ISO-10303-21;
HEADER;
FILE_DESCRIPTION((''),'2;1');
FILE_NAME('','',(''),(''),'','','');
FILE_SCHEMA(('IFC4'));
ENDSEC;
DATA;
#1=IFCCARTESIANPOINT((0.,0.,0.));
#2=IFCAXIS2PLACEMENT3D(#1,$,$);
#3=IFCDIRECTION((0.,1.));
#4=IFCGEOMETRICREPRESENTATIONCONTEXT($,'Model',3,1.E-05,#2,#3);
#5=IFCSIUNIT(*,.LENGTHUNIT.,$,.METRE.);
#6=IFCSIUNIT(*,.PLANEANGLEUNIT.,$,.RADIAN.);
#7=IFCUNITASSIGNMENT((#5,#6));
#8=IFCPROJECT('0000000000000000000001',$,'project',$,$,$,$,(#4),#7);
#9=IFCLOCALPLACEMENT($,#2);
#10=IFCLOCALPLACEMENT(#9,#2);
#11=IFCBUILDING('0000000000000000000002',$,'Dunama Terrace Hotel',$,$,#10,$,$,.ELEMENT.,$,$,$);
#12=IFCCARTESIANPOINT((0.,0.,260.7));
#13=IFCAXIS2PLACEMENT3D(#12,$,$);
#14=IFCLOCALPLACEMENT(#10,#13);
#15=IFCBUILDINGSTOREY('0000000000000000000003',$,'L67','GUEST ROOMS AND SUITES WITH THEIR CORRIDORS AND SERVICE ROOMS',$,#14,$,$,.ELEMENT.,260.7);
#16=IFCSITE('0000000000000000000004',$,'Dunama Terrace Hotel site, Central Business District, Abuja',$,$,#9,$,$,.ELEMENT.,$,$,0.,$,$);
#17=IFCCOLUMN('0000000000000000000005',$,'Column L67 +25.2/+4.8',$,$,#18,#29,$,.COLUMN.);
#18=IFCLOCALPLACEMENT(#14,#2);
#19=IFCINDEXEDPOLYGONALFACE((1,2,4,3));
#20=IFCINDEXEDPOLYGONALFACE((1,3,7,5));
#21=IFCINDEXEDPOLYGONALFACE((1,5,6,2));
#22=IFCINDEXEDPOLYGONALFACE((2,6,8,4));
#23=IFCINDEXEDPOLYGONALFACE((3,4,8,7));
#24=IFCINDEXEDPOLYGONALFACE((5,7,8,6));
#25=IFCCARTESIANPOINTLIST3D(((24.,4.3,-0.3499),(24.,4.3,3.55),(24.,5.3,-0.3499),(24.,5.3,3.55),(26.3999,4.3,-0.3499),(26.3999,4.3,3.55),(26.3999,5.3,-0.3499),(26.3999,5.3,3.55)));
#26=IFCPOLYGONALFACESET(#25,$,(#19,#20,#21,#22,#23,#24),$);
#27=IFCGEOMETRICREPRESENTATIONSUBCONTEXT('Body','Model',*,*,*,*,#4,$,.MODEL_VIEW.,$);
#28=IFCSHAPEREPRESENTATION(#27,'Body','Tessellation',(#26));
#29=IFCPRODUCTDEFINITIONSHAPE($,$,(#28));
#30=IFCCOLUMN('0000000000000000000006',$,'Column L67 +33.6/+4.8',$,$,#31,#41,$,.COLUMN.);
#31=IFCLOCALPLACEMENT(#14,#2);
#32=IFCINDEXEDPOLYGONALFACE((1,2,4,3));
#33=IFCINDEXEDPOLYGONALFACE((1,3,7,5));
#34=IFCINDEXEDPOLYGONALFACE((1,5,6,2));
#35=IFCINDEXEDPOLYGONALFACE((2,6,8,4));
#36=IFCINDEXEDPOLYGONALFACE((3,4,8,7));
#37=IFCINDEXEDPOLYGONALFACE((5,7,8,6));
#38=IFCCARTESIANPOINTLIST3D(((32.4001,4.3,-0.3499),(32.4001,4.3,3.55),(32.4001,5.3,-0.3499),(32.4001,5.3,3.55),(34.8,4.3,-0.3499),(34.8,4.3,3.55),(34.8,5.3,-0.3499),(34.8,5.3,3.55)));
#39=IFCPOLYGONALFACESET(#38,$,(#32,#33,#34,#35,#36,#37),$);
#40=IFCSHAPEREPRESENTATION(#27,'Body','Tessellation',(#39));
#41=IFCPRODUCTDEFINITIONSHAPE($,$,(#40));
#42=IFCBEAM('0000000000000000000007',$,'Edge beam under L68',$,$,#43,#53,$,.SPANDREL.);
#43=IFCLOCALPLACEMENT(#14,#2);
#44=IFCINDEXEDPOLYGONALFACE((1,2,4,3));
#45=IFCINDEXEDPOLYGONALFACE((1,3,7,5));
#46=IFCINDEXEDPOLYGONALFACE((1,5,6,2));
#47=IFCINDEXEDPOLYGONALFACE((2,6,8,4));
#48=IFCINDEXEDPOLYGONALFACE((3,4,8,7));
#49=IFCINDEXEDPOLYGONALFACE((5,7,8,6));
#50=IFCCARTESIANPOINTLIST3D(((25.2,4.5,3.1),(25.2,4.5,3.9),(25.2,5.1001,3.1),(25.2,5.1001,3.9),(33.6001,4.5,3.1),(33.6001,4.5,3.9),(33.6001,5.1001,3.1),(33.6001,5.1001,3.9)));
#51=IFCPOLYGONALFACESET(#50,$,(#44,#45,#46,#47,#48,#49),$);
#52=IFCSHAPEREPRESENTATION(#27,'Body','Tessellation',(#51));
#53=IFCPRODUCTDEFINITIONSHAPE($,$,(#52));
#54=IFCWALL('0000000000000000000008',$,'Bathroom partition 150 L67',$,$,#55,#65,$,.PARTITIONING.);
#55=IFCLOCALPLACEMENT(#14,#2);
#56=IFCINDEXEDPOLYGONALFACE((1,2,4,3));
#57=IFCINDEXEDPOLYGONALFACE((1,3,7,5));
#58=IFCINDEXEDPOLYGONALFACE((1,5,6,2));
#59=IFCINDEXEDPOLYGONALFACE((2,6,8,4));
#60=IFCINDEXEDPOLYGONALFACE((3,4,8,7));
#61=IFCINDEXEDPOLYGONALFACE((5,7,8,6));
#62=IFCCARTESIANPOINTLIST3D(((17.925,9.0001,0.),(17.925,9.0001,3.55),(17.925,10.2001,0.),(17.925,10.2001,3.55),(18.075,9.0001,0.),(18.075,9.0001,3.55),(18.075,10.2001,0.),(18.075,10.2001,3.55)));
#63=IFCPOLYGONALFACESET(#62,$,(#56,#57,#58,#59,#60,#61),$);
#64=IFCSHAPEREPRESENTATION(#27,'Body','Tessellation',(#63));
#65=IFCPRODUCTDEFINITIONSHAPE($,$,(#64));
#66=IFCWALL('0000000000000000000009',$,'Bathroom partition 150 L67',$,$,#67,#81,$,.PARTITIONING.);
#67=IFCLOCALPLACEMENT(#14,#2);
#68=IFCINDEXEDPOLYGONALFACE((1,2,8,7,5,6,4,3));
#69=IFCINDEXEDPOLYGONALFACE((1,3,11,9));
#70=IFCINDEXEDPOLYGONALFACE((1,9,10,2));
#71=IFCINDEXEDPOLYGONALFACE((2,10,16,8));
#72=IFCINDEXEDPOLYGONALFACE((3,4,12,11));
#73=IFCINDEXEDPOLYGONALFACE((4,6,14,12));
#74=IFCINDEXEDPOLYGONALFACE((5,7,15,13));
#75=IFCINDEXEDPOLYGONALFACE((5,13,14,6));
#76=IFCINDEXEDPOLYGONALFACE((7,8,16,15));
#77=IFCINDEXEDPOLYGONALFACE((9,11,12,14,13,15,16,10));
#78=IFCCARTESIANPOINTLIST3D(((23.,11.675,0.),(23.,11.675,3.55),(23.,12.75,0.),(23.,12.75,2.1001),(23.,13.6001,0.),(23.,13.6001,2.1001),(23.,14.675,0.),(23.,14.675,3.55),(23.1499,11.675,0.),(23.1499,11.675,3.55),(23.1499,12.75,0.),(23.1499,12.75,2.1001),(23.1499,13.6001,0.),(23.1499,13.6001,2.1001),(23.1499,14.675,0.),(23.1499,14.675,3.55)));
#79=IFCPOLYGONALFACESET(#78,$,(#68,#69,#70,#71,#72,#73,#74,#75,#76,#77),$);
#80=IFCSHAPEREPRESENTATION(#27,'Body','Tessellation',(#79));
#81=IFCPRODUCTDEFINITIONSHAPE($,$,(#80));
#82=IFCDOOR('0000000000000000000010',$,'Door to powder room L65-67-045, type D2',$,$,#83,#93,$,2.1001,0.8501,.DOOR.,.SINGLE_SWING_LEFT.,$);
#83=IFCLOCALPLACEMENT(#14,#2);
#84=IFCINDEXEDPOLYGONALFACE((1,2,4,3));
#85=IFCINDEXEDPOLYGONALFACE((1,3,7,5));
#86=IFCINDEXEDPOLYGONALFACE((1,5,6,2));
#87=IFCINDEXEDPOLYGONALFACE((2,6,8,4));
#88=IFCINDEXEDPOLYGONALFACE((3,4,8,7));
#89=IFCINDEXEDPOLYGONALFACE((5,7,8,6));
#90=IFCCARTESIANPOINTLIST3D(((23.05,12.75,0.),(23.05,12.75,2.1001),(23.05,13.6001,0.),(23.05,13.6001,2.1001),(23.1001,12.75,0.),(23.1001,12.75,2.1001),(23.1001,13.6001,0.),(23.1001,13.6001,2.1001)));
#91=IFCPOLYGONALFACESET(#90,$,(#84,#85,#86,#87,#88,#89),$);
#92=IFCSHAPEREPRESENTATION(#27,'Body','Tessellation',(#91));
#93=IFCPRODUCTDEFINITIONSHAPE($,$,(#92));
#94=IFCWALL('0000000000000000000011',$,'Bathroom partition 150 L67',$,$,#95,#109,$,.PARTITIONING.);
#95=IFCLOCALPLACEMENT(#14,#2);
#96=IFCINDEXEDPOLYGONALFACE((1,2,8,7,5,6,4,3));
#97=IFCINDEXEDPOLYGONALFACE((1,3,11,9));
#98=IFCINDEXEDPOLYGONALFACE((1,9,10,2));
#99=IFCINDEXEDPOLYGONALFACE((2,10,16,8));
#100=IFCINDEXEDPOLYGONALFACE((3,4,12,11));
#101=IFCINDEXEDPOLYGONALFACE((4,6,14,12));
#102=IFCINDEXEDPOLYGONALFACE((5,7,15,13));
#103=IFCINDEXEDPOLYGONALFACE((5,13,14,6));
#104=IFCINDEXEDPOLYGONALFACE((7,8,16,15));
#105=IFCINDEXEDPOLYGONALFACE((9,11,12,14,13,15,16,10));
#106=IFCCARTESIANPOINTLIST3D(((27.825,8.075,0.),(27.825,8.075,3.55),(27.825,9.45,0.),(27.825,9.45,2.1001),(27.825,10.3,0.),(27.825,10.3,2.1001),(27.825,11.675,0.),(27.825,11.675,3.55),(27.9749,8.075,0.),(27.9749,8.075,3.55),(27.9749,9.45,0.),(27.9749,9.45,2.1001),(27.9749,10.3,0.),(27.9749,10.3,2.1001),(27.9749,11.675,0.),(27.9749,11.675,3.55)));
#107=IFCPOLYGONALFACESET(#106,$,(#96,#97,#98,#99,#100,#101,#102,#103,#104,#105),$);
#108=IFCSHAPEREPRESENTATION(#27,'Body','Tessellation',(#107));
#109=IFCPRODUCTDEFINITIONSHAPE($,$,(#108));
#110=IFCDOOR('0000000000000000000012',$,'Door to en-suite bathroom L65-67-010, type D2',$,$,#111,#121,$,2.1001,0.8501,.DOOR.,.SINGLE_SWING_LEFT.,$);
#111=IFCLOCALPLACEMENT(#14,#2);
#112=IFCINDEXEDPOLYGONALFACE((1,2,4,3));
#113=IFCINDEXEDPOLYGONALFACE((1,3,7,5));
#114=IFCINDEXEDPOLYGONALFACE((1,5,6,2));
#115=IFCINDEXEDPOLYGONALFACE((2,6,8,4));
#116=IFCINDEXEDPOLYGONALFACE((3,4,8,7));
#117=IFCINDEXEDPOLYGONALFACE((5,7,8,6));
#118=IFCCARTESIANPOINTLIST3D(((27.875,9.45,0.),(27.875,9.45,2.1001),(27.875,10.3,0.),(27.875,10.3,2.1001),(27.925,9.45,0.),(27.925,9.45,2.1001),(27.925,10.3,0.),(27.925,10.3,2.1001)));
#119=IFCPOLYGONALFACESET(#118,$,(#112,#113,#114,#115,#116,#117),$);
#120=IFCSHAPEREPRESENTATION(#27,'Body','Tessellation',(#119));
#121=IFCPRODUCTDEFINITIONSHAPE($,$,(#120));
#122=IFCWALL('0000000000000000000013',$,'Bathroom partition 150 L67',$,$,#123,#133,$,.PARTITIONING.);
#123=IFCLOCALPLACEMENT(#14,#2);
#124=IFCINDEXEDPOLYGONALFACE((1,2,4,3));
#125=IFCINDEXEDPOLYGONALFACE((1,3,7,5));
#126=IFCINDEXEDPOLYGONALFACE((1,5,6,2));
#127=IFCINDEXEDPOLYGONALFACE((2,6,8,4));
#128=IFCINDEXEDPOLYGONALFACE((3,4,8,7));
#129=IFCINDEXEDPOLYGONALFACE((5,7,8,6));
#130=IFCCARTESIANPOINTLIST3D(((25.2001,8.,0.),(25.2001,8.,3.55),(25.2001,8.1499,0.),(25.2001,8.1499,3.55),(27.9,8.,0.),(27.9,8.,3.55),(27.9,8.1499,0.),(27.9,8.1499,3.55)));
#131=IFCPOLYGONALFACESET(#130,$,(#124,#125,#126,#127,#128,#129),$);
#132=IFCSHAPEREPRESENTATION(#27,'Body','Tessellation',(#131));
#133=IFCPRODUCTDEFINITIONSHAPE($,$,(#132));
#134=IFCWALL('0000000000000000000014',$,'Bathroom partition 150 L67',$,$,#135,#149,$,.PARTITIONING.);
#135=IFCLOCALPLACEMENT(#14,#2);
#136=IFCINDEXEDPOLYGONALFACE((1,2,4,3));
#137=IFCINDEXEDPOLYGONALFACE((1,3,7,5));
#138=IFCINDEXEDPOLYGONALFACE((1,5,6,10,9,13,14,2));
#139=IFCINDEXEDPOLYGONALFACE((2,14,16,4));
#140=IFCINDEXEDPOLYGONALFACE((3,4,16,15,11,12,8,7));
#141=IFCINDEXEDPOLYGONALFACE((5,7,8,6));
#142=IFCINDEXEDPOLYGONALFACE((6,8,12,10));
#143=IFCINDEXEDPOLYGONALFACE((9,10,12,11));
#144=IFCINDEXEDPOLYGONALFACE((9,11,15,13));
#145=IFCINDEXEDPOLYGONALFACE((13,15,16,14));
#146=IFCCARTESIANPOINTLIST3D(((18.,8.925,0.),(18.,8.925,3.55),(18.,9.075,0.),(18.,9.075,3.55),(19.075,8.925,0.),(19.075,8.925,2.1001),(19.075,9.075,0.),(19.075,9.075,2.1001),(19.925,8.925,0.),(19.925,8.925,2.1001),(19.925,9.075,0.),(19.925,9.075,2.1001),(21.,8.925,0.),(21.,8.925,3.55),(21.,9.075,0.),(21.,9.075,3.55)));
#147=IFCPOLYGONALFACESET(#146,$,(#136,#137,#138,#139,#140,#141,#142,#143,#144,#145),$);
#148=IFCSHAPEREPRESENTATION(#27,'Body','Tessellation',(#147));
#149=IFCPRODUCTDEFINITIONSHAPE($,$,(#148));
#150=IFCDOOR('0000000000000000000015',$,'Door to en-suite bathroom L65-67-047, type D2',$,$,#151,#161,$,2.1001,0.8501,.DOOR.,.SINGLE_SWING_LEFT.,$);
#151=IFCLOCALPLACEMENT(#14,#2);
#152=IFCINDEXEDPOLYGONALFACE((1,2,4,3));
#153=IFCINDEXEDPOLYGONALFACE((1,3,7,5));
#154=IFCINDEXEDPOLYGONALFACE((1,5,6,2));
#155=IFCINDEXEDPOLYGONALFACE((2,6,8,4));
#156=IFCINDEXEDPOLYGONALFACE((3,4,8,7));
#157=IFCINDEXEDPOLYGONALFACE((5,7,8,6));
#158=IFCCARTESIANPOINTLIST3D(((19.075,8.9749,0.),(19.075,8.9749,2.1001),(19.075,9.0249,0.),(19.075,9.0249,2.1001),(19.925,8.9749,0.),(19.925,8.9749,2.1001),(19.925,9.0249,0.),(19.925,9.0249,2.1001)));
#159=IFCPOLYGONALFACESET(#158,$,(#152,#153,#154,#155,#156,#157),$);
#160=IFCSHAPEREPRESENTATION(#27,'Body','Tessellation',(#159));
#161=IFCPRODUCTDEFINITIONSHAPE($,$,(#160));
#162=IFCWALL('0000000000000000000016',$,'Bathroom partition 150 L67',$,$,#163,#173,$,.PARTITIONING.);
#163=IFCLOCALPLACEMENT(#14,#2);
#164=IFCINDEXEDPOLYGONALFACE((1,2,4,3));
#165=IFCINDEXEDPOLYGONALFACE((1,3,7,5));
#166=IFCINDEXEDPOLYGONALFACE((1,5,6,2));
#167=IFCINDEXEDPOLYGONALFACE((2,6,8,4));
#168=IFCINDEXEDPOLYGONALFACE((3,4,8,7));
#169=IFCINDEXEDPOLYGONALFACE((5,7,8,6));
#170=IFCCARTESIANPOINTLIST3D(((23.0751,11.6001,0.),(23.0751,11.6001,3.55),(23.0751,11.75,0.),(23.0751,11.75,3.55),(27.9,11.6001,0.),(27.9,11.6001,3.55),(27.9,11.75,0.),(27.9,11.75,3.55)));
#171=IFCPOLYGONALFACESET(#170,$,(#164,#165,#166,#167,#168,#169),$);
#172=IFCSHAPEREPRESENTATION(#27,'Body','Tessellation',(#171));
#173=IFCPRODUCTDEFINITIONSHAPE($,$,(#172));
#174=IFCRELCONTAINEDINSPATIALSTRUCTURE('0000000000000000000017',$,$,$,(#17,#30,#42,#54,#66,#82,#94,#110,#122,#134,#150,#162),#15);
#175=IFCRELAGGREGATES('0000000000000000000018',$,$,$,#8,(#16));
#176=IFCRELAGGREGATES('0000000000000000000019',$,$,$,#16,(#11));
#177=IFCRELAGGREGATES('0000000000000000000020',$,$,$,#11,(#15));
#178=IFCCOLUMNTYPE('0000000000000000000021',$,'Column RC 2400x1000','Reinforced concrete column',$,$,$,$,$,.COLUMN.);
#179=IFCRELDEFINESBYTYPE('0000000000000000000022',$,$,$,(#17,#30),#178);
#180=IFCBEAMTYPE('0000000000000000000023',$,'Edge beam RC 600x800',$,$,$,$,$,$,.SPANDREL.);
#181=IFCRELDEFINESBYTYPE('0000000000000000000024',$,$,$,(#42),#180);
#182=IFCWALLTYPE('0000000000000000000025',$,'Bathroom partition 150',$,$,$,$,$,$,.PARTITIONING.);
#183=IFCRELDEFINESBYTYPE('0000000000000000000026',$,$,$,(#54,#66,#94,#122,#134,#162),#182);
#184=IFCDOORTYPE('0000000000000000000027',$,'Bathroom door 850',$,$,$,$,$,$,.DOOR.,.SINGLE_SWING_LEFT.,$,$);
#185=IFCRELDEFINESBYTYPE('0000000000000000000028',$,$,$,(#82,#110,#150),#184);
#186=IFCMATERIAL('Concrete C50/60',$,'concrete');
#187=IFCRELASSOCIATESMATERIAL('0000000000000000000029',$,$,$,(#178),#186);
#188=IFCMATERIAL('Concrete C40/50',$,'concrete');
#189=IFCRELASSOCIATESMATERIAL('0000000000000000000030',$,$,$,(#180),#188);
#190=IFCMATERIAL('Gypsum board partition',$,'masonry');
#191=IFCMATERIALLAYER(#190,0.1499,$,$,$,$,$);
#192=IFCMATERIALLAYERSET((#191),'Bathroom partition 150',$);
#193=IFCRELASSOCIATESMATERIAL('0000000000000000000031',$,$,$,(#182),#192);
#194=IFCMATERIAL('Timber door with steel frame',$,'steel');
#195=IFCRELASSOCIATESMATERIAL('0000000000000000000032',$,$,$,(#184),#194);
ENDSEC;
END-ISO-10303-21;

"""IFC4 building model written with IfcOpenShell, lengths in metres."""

from ifc_helpers import new_model, si_unit, direction, frame, frame_2d, origin, origin_2d, place, context, subcontext, project, spatial, rectangle, extrude, material, layer, layer_set, material_profile, profile_set, type_object, element, fill, save


model = new_model("IFC4")

# Units and contexts
model_context = context("Model", 3, precision=1e-05, world=origin(), true_north=direction((0.0, 1.0)))
body_context = subcontext(model_context, "Body", "Model", "MODEL_VIEW")
ifc_project = project(units=[si_unit("LENGTHUNIT", "METRE"), si_unit("PLANEANGLEUNIT", "RADIAN")], contexts=[model_context])

# Site, building, storey
site_placement = place(None, origin())
site = spatial("IfcSite", under=ifc_project, at=site_placement, Name="Dunama Terrace Hotel site, Central Business District, Abuja", CompositionType="ELEMENT", RefElevation=0.0)
building_placement = place(site_placement, origin())
building = spatial("IfcBuilding", under=site, at=building_placement, Name="Dunama Terrace Hotel", CompositionType="ELEMENT")
storey_placement = place(building_placement, frame((0.0, 0.0, 260.7)))
storey = spatial("IfcBuildingStorey", under=building, at=storey_placement, Name="L67", Description="GUEST ROOMS AND SUITES WITH THEIR CORRIDORS AND SERVICE ROOMS", CompositionType="ELEMENT", Elevation=260.7)

# Columns
ifc_material_1 = material(Name="Concrete C50/60", Category="concrete")
ifc_material_profile_1 = material_profile(ifc_material_1, rectangle(XDim=2.3999, YDim=1.0, at=origin_2d()), Name="RC 2400x1000")
ifc_profile_set_1 = profile_set([ifc_material_profile_1], Name="Concrete C50/60")
column_type = type_object("IfcColumnType", Name="Column RC 2400x1000", Description="Reinforced concrete column", PredefinedType="COLUMN", material=ifc_profile_set_1)
for number, where, z_axis, x_axis, name in (
    (1, (25.2, 4.8, -0.3499), (0.0, 0.0, 1.0), (1.0, 0.0, 0.0), "Column L67 +25.2/+4.8"),
    (2, (33.6001, 4.8, -0.3499), (0.0, 0.0, 1.0), (1.0, 0.0, 0.0), "Column L67 +33.6/+4.8"),
):
    element("IfcColumn", number, at=place(storey_placement, frame(where, z_axis=z_axis, x_axis=x_axis)), inside=storey, type_object=column_type, Name=name, PredefinedType="COLUMN", context=body_context, shape_type="SweptSolid", body=[
        extrude(rectangle(XDim=2.3999, YDim=1.0, at=origin_2d()), origin(), (0.0, 0.0, 1.0), 3.8999),
    ])

# Beam
ifc_material_2 = material(Name="Concrete C40/50", Category="concrete")
ifc_material_profile_2 = material_profile(ifc_material_2, rectangle(XDim=0.6001, YDim=0.8, at=origin_2d()), Name="RC 600x800")
ifc_profile_set_2 = profile_set([ifc_material_profile_2], Name="Concrete C40/50")
beam_type = type_object("IfcBeamType", Name="Edge beam RC 600x800", PredefinedType="SPANDREL", material=ifc_profile_set_2)
beam_placement = place(storey_placement, frame((25.2, 4.8, 3.5), z_axis=(1.0, 0.0, 0.0), x_axis=(0.0, 1.0, 0.0)))
element("IfcBeam", 3, at=beam_placement, inside=storey, type_object=beam_type, Name="Edge beam under L68", PredefinedType="SPANDREL", context=body_context, shape_type="SweptSolid", body=[
    extrude(rectangle(XDim=0.6001, YDim=0.8, at=origin_2d()), origin(), (0.0, 0.0, 1.0), 8.4001),
])

# Wall
ifc_material_3 = material(Name="Gypsum board partition", Category="masonry")
ifc_layer_1 = layer(ifc_material_3, 0.1499)
ifc_layer_set_1 = layer_set([ifc_layer_1], Name="Bathroom partition 150")
wall_type_1 = type_object("IfcWallType", Name="Bathroom partition 150", PredefinedType="PARTITIONING", material=ifc_layer_set_1)
wall_1_placement = place(storey_placement, frame((18.0, 9.0, 0.0), z_axis=(0.0, 0.0, 1.0), x_axis=(0.0, 1.0, 0.0)))
element("IfcWall", 4, at=wall_1_placement, inside=storey, type_object=wall_type_1, Name="Bathroom partition 150 L67", PredefinedType="PARTITIONING", context=body_context, shape_type="SweptSolid", body=[
    extrude(rectangle(XDim=1.2, YDim=0.1499, at=frame_2d((0.6001, 0.0))), origin(), (0.0, 0.0, 1.0), 3.55),
])

# Walls, openings, doors
wall_2_placement = place(storey_placement, frame((23.075, 11.675, 0.0), z_axis=(0.0, 0.0, 1.0), x_axis=(0.0, 1.0, 0.0)))
wall_2 = element("IfcWall", 5, at=wall_2_placement, inside=storey, type_object=wall_type_1, Name="Bathroom partition 150 L67", PredefinedType="PARTITIONING", context=body_context, shape_type="SweptSolid", body=[
    extrude(rectangle(XDim=3.0, YDim=0.1499, at=frame_2d((1.5, 0.0))), origin(), (0.0, 0.0, 1.0), 3.55),
])
opening_1_placement = place(wall_2_placement, frame((1.075, 0.0, 0.0)))
opening_1 = element("IfcOpeningElement", 6, at=opening_1_placement, cuts=wall_2, PredefinedType="OPENING", context=body_context, shape_type="SweptSolid", body=[
    extrude(rectangle(XDim=0.8501, YDim=2.1001, at=frame_2d((0.425, 1.05))), frame((0.0, 0.085, 0.0), z_axis=(0.0, -1.0, 0.0), x_axis=(1.0, 0.0, 0.0)), (0.0, 0.0, 1.0), 0.1699),
])
ifc_material_4 = material(Name="Timber door with steel frame", Category="steel")
door_type = type_object("IfcDoorType", Name="Bathroom door 850", OperationType="SINGLE_SWING_LEFT", PredefinedType="DOOR", material=ifc_material_4)
door_1_placement = place(opening_1_placement, frame((0.8501, 0.0, 0.0), z_axis=(0.0, 0.0, 1.0), x_axis=(-1.0, 0.0, 0.0)))
door_1 = element("IfcDoor", 7, at=door_1_placement, inside=storey, type_object=door_type, Name="Door to powder room L65-67-045, type D2", OperationType="SINGLE_SWING_LEFT", OverallHeight=2.1001, OverallWidth=0.8501, PredefinedType="DOOR", context=body_context, shape_type="SweptSolid", body=[
    extrude(rectangle(XDim=0.8501, YDim=2.1001, at=frame_2d((0.425, 1.05))), frame((0.0, 0.0251, 0.0), z_axis=(0.0, -1.0, 0.0), x_axis=(1.0, 0.0, 0.0)), (0.0, 0.0, 1.0), 0.05),
])
fill(opening_1, door_1)
wall_3_placement = place(storey_placement, frame((27.8999, 8.075, 0.0), z_axis=(0.0, 0.0, 1.0), x_axis=(0.0, 1.0, 0.0)))
wall_3 = element("IfcWall", 8, at=wall_3_placement, inside=storey, type_object=wall_type_1, Name="Bathroom partition 150 L67", PredefinedType="PARTITIONING", context=body_context, shape_type="SweptSolid", body=[
    extrude(rectangle(XDim=3.6001, YDim=0.1499, at=frame_2d((1.8, 0.0))), origin(), (0.0, 0.0, 1.0), 3.55),
])
opening_2_placement = place(wall_3_placement, frame((1.375, 0.0, 0.0)))
opening_2 = element("IfcOpeningElement", 9, at=opening_2_placement, cuts=wall_3, PredefinedType="OPENING", context=body_context, shape_type="SweptSolid", body=[
    extrude(rectangle(XDim=0.8501, YDim=2.1001, at=frame_2d((0.425, 1.05))), frame((0.0, 0.085, 0.0), z_axis=(0.0, -1.0, 0.0), x_axis=(1.0, 0.0, 0.0)), (0.0, 0.0, 1.0), 0.1699),
])
door_2_placement = place(opening_2_placement, origin())
door_2 = element("IfcDoor", 10, at=door_2_placement, inside=storey, type_object=door_type, Name="Door to en-suite bathroom L65-67-010, type D2", OperationType="SINGLE_SWING_LEFT", OverallHeight=2.1001, OverallWidth=0.8501, PredefinedType="DOOR", context=body_context, shape_type="SweptSolid", body=[
    extrude(rectangle(XDim=0.8501, YDim=2.1001, at=frame_2d((0.425, 1.05))), frame((0.0, 0.0249, 0.0), z_axis=(0.0, -1.0, 0.0), x_axis=(1.0, 0.0, 0.0)), (0.0, 0.0, 1.0), 0.05),
])
fill(opening_2, door_2)

# Wall
wall_4_placement = place(storey_placement, frame((25.2, 8.075, 0.0), z_axis=(0.0, 0.0, 1.0), x_axis=(1.0, 0.0, 0.0)))
element("IfcWall", 11, at=wall_4_placement, inside=storey, type_object=wall_type_1, Name="Bathroom partition 150 L67", PredefinedType="PARTITIONING", context=body_context, shape_type="SweptSolid", body=[
    extrude(rectangle(XDim=2.7, YDim=0.1499, at=frame_2d((1.3501, 0.0))), origin(), (0.0, 0.0, 1.0), 3.55),
])

# Wall, opening, door
wall_5_placement = place(storey_placement, frame((18.0, 9.0, 0.0), z_axis=(0.0, 0.0, 1.0), x_axis=(1.0, 0.0, 0.0)))
wall_5 = element("IfcWall", 12, at=wall_5_placement, inside=storey, type_object=wall_type_1, Name="Bathroom partition 150 L67", PredefinedType="PARTITIONING", context=body_context, shape_type="SweptSolid", body=[
    extrude(rectangle(XDim=3.0, YDim=0.1499, at=frame_2d((1.5, 0.0))), origin(), (0.0, 0.0, 1.0), 3.55),
])
opening_3_placement = place(wall_5_placement, frame((1.075, 0.0, 0.0)))
opening_3 = element("IfcOpeningElement", 13, at=opening_3_placement, cuts=wall_5, PredefinedType="OPENING", context=body_context, shape_type="SweptSolid", body=[
    extrude(rectangle(XDim=0.8501, YDim=2.1001, at=frame_2d((0.425, 1.05))), frame((0.0, 0.085, 0.0), z_axis=(0.0, -1.0, 0.0), x_axis=(1.0, 0.0, 0.0)), (0.0, 0.0, 1.0), 0.1699),
])
door_3_placement = place(opening_3_placement, origin())
door_3 = element("IfcDoor", 14, at=door_3_placement, inside=storey, type_object=door_type, Name="Door to en-suite bathroom L65-67-047, type D2", OperationType="SINGLE_SWING_LEFT", OverallHeight=2.1001, OverallWidth=0.8501, PredefinedType="DOOR", context=body_context, shape_type="SweptSolid", body=[
    extrude(rectangle(XDim=0.8501, YDim=2.1001, at=frame_2d((0.425, 1.05))), frame((0.0, 0.0249, 0.0), z_axis=(0.0, -1.0, 0.0), x_axis=(1.0, 0.0, 0.0)), (0.0, 0.0, 1.0), 0.05),
])
fill(opening_3, door_3)

# Wall
wall_6_placement = place(storey_placement, frame((23.075, 11.675, 0.0), z_axis=(0.0, 0.0, 1.0), x_axis=(1.0, 0.0, 0.0)))
element("IfcWall", 15, at=wall_6_placement, inside=storey, type_object=wall_type_1, Name="Bathroom partition 150 L67", PredefinedType="PARTITIONING", context=body_context, shape_type="SweptSolid", body=[
    extrude(rectangle(XDim=4.825, YDim=0.1499, at=frame_2d((2.4126, 0.0))), origin(), (0.0, 0.0, 1.0), 3.55),
])

save(model, "model.ifc")
